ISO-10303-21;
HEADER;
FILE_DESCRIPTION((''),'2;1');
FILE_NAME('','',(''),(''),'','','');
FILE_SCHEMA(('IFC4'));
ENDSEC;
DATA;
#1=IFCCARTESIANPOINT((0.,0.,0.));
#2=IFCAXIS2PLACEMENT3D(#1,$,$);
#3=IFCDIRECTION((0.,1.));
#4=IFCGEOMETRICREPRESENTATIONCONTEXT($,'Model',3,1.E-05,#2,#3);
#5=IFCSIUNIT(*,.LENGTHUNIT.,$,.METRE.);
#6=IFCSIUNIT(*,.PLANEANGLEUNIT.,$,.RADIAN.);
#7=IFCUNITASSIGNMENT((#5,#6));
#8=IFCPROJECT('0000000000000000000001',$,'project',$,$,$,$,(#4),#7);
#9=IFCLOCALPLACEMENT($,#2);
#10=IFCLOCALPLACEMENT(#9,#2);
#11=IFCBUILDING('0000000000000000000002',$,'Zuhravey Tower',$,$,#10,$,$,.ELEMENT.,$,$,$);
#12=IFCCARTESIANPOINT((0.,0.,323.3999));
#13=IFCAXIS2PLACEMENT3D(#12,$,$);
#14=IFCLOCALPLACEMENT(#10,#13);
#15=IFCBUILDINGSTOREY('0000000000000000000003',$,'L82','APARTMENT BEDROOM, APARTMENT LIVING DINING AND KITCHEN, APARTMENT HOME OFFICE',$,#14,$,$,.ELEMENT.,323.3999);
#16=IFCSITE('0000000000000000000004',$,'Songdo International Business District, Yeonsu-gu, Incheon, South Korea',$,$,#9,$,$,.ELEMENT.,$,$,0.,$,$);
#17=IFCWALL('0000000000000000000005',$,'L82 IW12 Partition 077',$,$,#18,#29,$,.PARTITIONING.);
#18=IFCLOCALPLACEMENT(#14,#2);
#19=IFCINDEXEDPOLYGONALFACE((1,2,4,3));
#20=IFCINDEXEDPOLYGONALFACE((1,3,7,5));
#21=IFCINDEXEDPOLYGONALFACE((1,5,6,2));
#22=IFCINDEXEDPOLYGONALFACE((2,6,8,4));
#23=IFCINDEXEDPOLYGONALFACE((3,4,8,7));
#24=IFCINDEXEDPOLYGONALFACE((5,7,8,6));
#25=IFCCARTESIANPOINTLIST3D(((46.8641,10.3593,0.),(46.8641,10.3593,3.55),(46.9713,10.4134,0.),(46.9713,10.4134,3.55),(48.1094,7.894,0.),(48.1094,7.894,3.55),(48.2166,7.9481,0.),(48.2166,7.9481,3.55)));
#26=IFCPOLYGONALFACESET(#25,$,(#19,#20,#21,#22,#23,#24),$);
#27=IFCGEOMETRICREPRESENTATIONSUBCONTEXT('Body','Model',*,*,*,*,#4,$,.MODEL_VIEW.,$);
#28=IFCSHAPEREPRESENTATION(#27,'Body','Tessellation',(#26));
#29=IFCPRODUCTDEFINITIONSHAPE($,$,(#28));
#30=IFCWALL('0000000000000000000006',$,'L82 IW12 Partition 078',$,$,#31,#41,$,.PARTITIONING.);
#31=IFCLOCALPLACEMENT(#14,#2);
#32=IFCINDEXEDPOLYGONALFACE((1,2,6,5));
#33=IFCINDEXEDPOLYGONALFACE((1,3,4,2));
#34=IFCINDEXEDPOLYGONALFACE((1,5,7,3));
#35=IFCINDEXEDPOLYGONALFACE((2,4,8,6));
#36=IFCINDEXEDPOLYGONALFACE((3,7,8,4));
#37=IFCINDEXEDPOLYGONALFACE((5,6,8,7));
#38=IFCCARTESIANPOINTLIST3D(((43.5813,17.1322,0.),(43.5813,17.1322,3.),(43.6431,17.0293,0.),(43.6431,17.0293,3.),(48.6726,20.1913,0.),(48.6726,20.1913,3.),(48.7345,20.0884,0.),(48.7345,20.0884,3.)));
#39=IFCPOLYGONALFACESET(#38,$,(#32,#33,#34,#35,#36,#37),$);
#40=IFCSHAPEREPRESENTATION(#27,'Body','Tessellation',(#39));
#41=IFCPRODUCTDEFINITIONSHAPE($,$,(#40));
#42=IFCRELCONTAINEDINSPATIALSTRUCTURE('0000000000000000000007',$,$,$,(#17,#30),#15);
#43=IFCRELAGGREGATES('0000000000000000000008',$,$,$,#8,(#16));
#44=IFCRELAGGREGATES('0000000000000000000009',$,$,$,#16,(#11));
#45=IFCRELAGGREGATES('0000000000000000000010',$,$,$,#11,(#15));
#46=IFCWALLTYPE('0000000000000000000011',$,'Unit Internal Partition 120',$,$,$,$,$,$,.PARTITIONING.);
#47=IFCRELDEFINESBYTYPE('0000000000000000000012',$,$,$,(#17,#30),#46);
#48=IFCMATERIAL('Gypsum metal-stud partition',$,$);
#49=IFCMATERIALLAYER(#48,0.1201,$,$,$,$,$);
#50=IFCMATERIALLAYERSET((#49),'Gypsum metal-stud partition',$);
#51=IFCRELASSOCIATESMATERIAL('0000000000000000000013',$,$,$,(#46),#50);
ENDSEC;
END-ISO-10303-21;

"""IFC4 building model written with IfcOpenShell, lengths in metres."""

from ifc_helpers import new_model, si_unit, direction, frame, frame_2d, origin, place, context, subcontext, project, spatial, rectangle, extrude, material, layer, layer_set, type_object, element, save


model = new_model("IFC4")

# Units and contexts
model_context = context("Model", 3, precision=1e-05, world=origin(), true_north=direction((0.0, 1.0)))
body_context = subcontext(model_context, "Body", "Model", "MODEL_VIEW")
ifc_project = project(units=[si_unit("LENGTHUNIT", "METRE"), si_unit("PLANEANGLEUNIT", "RADIAN")], contexts=[model_context])

# Site, building, storey
site_placement = place(None, origin())
site = spatial("IfcSite", under=ifc_project, at=site_placement, Name="Songdo International Business District, Yeonsu-gu, Incheon, South Korea", CompositionType="ELEMENT", RefElevation=0.0)
building_placement = place(site_placement, origin())
building = spatial("IfcBuilding", under=site, at=building_placement, Name="Zuhravey Tower", CompositionType="ELEMENT")
storey_placement = place(building_placement, frame((0.0, 0.0, 323.3999)))
storey = spatial("IfcBuildingStorey", under=building, at=storey_placement, Name="L82", Description="APARTMENT BEDROOM, APARTMENT LIVING DINING AND KITCHEN, APARTMENT HOME OFFICE", CompositionType="ELEMENT", Elevation=323.3999)

# Shared definitions
ifc_material_1 = material(Name="Gypsum metal-stud partition")
ifc_layer_1 = layer(ifc_material_1, 0.1201)
ifc_layer_set_1 = layer_set([ifc_layer_1], Name="Gypsum metal-stud partition")
wall_type_1 = type_object("IfcWallType", Name="Unit Internal Partition 120", PredefinedType="PARTITIONING", material=ifc_layer_set_1)

# Walls
wall_1_placement = place(storey_placement, frame((46.9177, 10.3862, 0.0), z_axis=(0.0, 0.0, 1.0), x_axis=(0.450887, -0.892581, 0.0)))
element("IfcWall", 1, at=wall_1_placement, inside=storey, type_object=wall_type_1, Name="L82 IW12 Partition 077", PredefinedType="PARTITIONING", context=body_context, shape_type="SweptSolid", body=[
    extrude(rectangle(XDim=2.762, YDim=0.1201, at=frame_2d((1.3809, 0.0))), origin(), (0.0, 0.0, 1.0), 3.55),
])
wall_2_placement = place(storey_placement, frame((43.6123, 17.0808, 0.0), z_axis=(0.0, 0.0, 1.0), x_axis=(0.857174, 0.515028, 0.0)))
element("IfcWall", 2, at=wall_2_placement, inside=storey, type_object=wall_type_1, Name="L82 IW12 Partition 078", PredefinedType="PARTITIONING", context=body_context, shape_type="SweptSolid", body=[
    extrude(rectangle(XDim=5.9397, YDim=0.1201, at=frame_2d((2.9697, 0.0))), origin(), (0.0, 0.0, 1.0), 3.0),
])

save(model, "model.ifc")
